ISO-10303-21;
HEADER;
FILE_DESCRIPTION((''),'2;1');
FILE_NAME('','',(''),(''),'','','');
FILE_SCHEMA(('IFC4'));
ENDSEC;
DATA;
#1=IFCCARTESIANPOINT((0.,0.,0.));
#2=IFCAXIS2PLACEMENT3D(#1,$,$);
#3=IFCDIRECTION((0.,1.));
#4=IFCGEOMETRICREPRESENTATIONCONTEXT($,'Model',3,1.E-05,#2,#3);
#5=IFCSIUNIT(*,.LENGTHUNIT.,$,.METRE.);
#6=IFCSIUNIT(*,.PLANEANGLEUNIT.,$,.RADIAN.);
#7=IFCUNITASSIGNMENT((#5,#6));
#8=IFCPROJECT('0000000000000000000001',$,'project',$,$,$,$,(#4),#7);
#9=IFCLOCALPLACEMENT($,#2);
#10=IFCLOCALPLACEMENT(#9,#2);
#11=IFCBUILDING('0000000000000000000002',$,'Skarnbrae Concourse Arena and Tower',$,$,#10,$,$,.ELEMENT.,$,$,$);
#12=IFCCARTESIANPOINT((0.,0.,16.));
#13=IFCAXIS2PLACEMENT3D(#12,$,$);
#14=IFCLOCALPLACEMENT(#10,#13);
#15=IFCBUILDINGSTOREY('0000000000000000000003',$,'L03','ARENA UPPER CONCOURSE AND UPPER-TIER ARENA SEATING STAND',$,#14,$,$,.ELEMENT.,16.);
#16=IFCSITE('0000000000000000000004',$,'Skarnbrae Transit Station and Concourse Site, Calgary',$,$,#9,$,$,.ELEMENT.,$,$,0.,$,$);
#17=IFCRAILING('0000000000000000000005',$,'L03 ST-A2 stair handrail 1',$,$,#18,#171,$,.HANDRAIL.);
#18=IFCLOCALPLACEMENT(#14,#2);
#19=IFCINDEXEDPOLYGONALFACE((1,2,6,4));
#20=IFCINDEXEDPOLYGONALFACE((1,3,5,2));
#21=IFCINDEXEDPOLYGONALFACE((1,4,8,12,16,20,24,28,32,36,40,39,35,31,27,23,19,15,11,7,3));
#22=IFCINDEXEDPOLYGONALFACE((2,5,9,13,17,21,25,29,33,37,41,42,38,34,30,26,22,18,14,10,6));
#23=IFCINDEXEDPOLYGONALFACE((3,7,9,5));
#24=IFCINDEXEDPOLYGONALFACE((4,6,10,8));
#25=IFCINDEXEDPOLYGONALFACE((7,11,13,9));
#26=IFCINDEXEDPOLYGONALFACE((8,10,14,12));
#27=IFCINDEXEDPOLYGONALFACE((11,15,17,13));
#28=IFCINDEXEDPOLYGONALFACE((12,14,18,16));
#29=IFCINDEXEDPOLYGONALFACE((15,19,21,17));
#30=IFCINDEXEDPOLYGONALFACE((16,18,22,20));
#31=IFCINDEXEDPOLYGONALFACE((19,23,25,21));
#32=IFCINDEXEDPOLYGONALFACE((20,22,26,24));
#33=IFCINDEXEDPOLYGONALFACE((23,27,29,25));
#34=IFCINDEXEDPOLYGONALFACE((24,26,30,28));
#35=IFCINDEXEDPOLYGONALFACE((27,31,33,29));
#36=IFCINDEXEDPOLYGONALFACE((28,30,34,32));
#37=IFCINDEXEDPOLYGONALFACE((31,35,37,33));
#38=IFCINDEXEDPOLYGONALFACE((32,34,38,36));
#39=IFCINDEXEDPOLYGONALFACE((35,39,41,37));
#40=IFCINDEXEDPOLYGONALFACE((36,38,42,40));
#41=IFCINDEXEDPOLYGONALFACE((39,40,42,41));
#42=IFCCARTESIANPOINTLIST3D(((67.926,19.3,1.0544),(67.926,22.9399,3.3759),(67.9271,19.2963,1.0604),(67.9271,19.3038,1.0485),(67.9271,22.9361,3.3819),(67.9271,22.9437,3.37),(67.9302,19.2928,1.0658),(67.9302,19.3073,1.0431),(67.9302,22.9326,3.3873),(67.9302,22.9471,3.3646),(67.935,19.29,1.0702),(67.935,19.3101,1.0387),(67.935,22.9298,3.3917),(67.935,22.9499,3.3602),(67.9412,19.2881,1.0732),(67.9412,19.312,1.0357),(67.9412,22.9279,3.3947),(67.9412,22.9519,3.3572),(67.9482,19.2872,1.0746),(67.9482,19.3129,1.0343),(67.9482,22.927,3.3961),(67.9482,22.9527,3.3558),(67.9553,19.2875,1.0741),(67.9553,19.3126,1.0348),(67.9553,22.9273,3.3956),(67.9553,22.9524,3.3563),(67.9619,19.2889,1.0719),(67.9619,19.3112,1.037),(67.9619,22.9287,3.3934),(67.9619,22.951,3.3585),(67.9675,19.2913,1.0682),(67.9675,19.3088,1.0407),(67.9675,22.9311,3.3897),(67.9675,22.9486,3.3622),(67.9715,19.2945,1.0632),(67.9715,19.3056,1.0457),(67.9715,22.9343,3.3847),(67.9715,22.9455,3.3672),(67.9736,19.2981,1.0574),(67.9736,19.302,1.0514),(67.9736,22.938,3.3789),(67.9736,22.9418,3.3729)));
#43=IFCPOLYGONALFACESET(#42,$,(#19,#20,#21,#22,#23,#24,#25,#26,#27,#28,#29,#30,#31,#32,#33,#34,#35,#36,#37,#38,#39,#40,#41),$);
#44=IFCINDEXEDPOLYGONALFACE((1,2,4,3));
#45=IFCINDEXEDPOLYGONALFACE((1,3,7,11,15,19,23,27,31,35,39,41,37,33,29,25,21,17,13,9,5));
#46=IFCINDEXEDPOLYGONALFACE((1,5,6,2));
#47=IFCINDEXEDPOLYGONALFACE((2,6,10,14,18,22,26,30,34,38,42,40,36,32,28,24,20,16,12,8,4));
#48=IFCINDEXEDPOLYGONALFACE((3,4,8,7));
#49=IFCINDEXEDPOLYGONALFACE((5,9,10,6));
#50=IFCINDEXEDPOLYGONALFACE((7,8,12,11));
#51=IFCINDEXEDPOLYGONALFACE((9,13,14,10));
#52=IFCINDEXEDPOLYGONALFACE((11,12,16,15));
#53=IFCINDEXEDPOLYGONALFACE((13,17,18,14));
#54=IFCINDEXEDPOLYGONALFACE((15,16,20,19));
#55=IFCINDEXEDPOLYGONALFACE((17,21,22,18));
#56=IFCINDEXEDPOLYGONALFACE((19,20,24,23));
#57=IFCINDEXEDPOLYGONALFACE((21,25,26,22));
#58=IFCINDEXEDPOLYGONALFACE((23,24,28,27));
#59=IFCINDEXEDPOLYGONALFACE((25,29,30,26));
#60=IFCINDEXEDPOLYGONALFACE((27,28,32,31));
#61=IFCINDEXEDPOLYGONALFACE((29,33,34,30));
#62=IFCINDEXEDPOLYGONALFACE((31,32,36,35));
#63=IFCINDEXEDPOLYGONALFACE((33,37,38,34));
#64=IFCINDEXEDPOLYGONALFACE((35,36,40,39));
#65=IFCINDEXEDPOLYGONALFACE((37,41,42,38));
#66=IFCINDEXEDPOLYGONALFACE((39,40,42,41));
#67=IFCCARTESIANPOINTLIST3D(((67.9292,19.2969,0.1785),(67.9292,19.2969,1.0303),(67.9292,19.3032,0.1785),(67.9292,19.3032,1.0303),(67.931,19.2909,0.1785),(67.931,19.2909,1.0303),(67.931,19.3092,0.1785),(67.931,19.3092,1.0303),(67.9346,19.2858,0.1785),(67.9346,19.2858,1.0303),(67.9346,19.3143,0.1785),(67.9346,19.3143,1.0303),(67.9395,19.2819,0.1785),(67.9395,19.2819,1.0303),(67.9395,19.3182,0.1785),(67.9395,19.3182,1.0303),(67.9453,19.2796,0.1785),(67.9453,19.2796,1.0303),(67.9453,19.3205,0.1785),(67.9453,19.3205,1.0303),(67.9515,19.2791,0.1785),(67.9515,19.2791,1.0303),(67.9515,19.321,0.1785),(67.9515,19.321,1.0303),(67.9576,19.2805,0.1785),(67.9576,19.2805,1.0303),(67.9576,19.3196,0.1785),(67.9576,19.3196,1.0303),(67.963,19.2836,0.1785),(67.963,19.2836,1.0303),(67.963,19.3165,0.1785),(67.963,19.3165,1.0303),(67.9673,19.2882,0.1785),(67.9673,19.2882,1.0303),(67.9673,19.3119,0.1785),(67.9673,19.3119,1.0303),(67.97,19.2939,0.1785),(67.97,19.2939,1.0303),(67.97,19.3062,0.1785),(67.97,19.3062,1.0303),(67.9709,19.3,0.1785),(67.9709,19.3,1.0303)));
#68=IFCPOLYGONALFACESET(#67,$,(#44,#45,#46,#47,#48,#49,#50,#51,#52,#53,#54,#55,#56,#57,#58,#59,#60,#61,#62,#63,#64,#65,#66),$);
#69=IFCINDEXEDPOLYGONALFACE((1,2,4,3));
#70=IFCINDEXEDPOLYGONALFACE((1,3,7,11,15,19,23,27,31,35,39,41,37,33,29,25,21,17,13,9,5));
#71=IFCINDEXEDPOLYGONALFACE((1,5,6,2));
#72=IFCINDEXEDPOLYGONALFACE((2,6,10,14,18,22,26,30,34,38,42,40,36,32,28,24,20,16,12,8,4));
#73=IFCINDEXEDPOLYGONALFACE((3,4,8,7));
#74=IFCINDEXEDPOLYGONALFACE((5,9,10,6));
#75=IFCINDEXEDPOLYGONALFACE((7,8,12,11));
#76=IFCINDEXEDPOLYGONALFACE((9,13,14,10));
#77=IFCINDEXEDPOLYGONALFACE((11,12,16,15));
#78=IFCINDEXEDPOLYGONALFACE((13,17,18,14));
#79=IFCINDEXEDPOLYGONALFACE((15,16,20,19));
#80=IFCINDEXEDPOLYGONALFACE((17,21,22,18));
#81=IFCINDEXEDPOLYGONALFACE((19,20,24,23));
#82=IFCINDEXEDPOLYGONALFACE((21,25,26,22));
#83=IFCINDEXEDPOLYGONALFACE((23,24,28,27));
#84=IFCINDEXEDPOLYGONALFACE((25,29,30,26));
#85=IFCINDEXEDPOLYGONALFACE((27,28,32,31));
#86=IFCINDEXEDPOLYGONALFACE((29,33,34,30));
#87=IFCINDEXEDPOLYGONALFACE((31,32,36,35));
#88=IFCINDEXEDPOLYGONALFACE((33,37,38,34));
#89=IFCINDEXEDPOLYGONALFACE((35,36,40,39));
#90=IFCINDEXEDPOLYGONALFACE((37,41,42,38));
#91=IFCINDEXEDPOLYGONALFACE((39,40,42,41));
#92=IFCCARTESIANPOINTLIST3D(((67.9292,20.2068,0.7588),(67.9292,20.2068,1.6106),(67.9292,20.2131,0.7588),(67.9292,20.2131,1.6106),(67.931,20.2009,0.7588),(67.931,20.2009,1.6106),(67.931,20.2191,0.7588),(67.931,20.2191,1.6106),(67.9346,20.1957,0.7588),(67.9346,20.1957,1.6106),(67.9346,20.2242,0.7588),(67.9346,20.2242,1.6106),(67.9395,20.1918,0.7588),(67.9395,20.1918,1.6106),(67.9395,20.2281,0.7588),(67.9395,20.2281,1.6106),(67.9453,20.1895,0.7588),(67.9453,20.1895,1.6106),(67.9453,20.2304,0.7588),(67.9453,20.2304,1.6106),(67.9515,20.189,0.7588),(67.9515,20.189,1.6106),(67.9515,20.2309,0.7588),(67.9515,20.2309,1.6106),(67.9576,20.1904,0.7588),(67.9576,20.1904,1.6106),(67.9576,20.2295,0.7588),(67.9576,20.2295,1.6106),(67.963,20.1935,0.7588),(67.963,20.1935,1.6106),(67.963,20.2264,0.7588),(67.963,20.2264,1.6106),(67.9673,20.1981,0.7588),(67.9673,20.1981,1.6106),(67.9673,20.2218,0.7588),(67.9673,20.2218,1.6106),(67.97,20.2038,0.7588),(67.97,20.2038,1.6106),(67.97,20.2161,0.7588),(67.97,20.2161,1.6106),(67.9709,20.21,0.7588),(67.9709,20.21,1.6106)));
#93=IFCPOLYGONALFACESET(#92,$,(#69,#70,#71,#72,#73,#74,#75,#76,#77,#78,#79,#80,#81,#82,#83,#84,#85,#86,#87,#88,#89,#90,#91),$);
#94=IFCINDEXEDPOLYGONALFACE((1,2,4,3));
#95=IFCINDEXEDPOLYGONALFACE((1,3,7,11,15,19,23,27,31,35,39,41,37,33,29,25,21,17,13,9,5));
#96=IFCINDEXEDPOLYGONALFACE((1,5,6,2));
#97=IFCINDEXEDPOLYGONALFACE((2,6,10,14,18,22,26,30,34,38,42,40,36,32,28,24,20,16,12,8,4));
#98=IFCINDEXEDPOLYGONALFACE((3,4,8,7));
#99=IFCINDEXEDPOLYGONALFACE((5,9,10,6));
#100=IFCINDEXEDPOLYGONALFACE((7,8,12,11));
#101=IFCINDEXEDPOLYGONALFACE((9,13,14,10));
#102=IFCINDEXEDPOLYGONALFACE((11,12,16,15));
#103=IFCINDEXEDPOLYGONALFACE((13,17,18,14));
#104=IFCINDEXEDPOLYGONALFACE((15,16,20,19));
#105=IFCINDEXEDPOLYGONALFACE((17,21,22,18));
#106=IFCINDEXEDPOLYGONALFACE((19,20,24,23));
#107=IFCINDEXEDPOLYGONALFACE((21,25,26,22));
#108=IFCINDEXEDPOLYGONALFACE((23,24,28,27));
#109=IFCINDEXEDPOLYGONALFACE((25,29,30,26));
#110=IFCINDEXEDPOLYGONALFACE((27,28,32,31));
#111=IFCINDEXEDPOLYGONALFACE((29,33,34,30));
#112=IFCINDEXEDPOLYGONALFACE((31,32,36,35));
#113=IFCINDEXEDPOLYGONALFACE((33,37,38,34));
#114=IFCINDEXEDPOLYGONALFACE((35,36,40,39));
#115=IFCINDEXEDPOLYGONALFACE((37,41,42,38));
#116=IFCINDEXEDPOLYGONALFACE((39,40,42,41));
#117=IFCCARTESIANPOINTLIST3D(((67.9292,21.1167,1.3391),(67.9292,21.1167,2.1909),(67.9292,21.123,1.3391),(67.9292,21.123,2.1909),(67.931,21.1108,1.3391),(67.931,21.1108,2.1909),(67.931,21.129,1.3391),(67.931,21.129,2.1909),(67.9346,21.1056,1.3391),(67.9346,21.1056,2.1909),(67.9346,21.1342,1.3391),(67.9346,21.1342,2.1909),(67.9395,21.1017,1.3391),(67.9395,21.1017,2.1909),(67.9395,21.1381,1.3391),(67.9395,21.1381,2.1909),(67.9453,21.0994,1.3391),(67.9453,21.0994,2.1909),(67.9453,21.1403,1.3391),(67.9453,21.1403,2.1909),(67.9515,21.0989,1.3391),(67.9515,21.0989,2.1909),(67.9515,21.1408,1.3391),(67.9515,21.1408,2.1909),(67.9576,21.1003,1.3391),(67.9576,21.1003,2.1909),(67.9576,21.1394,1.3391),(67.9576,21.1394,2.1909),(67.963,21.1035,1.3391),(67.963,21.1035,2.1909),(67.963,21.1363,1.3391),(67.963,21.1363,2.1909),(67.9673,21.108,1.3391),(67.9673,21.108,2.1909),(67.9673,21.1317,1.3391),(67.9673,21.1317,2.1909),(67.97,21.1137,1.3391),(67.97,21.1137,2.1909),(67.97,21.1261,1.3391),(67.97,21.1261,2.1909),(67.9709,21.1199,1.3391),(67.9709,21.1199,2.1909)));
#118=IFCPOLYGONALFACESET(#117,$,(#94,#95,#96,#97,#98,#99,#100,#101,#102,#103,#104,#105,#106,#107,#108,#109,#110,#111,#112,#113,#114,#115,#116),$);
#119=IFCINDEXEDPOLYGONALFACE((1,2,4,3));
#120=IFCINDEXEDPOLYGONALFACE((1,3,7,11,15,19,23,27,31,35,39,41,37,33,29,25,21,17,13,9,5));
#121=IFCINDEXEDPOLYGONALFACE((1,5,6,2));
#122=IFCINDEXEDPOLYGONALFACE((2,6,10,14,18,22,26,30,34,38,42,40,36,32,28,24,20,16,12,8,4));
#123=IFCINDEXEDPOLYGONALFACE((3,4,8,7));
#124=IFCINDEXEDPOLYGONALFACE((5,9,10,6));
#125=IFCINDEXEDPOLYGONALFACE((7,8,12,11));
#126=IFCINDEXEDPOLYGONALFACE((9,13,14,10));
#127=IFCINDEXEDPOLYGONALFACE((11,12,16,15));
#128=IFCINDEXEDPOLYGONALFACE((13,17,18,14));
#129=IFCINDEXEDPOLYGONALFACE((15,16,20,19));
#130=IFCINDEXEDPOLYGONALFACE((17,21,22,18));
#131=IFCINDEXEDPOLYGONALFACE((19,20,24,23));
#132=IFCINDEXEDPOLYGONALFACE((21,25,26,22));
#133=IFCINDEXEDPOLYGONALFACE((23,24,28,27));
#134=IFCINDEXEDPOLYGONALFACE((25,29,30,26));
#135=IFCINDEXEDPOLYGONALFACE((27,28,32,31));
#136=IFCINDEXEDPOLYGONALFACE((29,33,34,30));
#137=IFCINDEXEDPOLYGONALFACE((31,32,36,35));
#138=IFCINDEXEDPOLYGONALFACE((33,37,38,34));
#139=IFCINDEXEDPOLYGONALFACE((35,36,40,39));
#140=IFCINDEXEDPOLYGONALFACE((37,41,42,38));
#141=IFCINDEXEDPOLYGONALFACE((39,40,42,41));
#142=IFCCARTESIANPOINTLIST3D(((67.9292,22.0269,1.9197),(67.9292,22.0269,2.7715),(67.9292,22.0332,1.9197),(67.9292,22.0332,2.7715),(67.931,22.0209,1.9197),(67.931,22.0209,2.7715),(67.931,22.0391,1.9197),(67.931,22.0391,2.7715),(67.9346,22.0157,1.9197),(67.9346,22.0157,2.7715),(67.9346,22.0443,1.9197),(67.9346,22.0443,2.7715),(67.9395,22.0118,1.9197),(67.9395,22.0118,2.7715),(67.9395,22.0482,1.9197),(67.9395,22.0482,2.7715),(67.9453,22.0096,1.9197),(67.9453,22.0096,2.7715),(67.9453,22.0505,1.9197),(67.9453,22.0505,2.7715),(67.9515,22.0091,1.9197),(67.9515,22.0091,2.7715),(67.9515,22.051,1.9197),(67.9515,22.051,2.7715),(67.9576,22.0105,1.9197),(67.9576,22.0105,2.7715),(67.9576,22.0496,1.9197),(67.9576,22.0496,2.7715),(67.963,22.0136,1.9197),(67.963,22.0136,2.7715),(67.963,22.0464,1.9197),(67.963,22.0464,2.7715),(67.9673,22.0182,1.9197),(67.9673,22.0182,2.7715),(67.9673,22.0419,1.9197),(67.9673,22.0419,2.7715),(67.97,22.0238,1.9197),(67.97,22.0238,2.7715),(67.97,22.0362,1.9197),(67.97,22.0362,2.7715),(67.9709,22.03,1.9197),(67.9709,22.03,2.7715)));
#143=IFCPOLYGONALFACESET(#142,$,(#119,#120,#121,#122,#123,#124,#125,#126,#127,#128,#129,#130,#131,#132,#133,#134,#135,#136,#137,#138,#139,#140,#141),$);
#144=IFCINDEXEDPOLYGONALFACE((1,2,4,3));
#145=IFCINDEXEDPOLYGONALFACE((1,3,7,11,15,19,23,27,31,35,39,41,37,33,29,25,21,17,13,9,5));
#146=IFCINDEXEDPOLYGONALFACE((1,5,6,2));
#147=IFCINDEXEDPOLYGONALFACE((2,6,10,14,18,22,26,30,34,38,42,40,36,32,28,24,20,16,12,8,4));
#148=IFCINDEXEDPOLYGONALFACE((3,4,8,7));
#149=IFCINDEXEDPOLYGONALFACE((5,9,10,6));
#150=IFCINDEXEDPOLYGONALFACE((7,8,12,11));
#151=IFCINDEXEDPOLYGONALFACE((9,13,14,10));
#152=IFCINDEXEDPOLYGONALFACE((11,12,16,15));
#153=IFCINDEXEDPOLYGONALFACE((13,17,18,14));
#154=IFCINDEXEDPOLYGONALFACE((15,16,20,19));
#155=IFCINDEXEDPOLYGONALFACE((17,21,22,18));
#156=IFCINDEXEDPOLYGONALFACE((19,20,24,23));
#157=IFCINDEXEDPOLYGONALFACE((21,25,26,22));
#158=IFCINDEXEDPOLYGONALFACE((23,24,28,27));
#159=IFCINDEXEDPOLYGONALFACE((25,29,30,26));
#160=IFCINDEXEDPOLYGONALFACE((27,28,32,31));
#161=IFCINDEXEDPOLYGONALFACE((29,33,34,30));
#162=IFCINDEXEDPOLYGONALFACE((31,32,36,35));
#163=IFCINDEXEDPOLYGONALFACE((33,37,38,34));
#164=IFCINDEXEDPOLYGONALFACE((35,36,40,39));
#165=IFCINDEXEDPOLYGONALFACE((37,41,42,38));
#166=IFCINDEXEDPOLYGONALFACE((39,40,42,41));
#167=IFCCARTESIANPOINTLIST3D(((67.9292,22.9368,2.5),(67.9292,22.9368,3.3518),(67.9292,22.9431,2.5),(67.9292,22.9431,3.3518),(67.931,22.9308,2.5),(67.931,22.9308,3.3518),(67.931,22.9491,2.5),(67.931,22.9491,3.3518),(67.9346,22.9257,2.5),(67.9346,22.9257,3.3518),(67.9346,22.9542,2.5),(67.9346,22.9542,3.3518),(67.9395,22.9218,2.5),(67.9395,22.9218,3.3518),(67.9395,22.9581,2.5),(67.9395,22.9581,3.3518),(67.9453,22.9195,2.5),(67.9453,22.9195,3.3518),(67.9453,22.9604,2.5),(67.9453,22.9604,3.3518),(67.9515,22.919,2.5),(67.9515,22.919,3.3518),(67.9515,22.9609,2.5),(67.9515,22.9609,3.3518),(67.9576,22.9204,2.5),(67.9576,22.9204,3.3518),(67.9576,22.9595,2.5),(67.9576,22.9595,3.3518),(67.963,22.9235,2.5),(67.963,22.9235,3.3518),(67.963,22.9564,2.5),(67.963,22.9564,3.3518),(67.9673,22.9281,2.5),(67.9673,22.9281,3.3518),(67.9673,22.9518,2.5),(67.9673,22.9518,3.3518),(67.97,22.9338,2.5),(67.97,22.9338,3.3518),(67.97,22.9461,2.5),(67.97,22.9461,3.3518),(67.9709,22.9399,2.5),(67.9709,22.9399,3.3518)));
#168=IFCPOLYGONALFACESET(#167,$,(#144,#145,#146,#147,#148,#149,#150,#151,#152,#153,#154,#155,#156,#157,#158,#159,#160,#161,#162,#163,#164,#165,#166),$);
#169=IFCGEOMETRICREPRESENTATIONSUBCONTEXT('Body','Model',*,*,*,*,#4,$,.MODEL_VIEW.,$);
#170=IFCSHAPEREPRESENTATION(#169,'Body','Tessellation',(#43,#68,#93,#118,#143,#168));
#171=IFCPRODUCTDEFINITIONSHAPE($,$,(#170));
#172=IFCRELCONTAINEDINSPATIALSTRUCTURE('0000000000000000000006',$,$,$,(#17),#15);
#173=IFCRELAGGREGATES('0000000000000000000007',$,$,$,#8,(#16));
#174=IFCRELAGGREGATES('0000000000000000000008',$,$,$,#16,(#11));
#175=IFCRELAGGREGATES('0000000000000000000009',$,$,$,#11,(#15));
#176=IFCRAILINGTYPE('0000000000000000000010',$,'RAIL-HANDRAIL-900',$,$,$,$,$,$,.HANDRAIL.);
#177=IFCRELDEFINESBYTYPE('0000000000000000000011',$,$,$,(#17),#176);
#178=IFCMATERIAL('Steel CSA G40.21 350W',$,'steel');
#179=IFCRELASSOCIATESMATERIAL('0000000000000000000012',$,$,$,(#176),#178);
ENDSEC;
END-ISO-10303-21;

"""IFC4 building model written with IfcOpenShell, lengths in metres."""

from ifc_helpers import new_model, si_unit, direction, frame, origin, origin_2d, place, context, subcontext, project, spatial, circle, extrude, material, type_object, element, save


model = new_model("IFC4")

# Units and contexts
model_context = context("Model", 3, precision=1e-05, world=origin(), true_north=direction((0.0, 1.0)))
body_context = subcontext(model_context, "Body", "Model", "MODEL_VIEW")
ifc_project = project(units=[si_unit("LENGTHUNIT", "METRE"), si_unit("PLANEANGLEUNIT", "RADIAN")], contexts=[model_context])

# Site, building, storey
site_placement = place(None, origin())
site = spatial("IfcSite", under=ifc_project, at=site_placement, Name="Skarnbrae Transit Station and Concourse Site, Calgary", CompositionType="ELEMENT", RefElevation=0.0)
building_placement = place(site_placement, origin())
building = spatial("IfcBuilding", under=site, at=building_placement, Name="Skarnbrae Concourse Arena and Tower", CompositionType="ELEMENT")
storey_placement = place(building_placement, frame((0.0, 0.0, 16.0)))
storey = spatial("IfcBuildingStorey", under=building, at=storey_placement, Name="L03", Description="ARENA UPPER CONCOURSE AND UPPER-TIER ARENA SEATING STAND", CompositionType="ELEMENT", Elevation=16.0)

# Shared definitions
ifc_material_1 = material(Name="Steel CSA G40.21 350W", Category="steel")

# Railing
railing_type_1 = type_object("IfcRailingType", Name="RAIL-HANDRAIL-900", PredefinedType="HANDRAIL", material=ifc_material_1)
railing_1_placement = place(storey_placement, frame((67.95, 19.3, 0.1785)))
element("IfcRailing", 1, at=railing_1_placement, inside=storey, type_object=railing_type_1, Name="L03 ST-A2 stair handrail 1", PredefinedType="HANDRAIL", context=body_context, shape_type="SweptSolid", body=[
    extrude(circle(Radius=0.0239, at=origin_2d()), frame((0.0, 0.0, 0.876), z_axis=(0.0, 0.843112, 0.537739), x_axis=(-1.0, 0.0, 0.0)), (0.0, 0.0, 1.0), 4.3171),
    extrude(circle(Radius=0.021, at=origin_2d()), origin(), (0.0, 0.0, 1.0), 0.8518),
    extrude(circle(Radius=0.021, at=origin_2d()), frame((0.0, 0.9099, 0.5803)), (0.0, 0.0, 1.0), 0.8518),
    extrude(circle(Radius=0.021, at=origin_2d()), frame((0.0, 1.8198, 1.1606)), (0.0, 0.0, 1.0), 0.8518),
    extrude(circle(Radius=0.021, at=origin_2d()), frame((0.0, 2.73, 1.7412)), (0.0, 0.0, 1.0), 0.8518),
    extrude(circle(Radius=0.021, at=origin_2d()), frame((0.0, 3.6399, 2.3215)), (0.0, 0.0, 1.0), 0.8518),
])

save(model, "model.ifc")
